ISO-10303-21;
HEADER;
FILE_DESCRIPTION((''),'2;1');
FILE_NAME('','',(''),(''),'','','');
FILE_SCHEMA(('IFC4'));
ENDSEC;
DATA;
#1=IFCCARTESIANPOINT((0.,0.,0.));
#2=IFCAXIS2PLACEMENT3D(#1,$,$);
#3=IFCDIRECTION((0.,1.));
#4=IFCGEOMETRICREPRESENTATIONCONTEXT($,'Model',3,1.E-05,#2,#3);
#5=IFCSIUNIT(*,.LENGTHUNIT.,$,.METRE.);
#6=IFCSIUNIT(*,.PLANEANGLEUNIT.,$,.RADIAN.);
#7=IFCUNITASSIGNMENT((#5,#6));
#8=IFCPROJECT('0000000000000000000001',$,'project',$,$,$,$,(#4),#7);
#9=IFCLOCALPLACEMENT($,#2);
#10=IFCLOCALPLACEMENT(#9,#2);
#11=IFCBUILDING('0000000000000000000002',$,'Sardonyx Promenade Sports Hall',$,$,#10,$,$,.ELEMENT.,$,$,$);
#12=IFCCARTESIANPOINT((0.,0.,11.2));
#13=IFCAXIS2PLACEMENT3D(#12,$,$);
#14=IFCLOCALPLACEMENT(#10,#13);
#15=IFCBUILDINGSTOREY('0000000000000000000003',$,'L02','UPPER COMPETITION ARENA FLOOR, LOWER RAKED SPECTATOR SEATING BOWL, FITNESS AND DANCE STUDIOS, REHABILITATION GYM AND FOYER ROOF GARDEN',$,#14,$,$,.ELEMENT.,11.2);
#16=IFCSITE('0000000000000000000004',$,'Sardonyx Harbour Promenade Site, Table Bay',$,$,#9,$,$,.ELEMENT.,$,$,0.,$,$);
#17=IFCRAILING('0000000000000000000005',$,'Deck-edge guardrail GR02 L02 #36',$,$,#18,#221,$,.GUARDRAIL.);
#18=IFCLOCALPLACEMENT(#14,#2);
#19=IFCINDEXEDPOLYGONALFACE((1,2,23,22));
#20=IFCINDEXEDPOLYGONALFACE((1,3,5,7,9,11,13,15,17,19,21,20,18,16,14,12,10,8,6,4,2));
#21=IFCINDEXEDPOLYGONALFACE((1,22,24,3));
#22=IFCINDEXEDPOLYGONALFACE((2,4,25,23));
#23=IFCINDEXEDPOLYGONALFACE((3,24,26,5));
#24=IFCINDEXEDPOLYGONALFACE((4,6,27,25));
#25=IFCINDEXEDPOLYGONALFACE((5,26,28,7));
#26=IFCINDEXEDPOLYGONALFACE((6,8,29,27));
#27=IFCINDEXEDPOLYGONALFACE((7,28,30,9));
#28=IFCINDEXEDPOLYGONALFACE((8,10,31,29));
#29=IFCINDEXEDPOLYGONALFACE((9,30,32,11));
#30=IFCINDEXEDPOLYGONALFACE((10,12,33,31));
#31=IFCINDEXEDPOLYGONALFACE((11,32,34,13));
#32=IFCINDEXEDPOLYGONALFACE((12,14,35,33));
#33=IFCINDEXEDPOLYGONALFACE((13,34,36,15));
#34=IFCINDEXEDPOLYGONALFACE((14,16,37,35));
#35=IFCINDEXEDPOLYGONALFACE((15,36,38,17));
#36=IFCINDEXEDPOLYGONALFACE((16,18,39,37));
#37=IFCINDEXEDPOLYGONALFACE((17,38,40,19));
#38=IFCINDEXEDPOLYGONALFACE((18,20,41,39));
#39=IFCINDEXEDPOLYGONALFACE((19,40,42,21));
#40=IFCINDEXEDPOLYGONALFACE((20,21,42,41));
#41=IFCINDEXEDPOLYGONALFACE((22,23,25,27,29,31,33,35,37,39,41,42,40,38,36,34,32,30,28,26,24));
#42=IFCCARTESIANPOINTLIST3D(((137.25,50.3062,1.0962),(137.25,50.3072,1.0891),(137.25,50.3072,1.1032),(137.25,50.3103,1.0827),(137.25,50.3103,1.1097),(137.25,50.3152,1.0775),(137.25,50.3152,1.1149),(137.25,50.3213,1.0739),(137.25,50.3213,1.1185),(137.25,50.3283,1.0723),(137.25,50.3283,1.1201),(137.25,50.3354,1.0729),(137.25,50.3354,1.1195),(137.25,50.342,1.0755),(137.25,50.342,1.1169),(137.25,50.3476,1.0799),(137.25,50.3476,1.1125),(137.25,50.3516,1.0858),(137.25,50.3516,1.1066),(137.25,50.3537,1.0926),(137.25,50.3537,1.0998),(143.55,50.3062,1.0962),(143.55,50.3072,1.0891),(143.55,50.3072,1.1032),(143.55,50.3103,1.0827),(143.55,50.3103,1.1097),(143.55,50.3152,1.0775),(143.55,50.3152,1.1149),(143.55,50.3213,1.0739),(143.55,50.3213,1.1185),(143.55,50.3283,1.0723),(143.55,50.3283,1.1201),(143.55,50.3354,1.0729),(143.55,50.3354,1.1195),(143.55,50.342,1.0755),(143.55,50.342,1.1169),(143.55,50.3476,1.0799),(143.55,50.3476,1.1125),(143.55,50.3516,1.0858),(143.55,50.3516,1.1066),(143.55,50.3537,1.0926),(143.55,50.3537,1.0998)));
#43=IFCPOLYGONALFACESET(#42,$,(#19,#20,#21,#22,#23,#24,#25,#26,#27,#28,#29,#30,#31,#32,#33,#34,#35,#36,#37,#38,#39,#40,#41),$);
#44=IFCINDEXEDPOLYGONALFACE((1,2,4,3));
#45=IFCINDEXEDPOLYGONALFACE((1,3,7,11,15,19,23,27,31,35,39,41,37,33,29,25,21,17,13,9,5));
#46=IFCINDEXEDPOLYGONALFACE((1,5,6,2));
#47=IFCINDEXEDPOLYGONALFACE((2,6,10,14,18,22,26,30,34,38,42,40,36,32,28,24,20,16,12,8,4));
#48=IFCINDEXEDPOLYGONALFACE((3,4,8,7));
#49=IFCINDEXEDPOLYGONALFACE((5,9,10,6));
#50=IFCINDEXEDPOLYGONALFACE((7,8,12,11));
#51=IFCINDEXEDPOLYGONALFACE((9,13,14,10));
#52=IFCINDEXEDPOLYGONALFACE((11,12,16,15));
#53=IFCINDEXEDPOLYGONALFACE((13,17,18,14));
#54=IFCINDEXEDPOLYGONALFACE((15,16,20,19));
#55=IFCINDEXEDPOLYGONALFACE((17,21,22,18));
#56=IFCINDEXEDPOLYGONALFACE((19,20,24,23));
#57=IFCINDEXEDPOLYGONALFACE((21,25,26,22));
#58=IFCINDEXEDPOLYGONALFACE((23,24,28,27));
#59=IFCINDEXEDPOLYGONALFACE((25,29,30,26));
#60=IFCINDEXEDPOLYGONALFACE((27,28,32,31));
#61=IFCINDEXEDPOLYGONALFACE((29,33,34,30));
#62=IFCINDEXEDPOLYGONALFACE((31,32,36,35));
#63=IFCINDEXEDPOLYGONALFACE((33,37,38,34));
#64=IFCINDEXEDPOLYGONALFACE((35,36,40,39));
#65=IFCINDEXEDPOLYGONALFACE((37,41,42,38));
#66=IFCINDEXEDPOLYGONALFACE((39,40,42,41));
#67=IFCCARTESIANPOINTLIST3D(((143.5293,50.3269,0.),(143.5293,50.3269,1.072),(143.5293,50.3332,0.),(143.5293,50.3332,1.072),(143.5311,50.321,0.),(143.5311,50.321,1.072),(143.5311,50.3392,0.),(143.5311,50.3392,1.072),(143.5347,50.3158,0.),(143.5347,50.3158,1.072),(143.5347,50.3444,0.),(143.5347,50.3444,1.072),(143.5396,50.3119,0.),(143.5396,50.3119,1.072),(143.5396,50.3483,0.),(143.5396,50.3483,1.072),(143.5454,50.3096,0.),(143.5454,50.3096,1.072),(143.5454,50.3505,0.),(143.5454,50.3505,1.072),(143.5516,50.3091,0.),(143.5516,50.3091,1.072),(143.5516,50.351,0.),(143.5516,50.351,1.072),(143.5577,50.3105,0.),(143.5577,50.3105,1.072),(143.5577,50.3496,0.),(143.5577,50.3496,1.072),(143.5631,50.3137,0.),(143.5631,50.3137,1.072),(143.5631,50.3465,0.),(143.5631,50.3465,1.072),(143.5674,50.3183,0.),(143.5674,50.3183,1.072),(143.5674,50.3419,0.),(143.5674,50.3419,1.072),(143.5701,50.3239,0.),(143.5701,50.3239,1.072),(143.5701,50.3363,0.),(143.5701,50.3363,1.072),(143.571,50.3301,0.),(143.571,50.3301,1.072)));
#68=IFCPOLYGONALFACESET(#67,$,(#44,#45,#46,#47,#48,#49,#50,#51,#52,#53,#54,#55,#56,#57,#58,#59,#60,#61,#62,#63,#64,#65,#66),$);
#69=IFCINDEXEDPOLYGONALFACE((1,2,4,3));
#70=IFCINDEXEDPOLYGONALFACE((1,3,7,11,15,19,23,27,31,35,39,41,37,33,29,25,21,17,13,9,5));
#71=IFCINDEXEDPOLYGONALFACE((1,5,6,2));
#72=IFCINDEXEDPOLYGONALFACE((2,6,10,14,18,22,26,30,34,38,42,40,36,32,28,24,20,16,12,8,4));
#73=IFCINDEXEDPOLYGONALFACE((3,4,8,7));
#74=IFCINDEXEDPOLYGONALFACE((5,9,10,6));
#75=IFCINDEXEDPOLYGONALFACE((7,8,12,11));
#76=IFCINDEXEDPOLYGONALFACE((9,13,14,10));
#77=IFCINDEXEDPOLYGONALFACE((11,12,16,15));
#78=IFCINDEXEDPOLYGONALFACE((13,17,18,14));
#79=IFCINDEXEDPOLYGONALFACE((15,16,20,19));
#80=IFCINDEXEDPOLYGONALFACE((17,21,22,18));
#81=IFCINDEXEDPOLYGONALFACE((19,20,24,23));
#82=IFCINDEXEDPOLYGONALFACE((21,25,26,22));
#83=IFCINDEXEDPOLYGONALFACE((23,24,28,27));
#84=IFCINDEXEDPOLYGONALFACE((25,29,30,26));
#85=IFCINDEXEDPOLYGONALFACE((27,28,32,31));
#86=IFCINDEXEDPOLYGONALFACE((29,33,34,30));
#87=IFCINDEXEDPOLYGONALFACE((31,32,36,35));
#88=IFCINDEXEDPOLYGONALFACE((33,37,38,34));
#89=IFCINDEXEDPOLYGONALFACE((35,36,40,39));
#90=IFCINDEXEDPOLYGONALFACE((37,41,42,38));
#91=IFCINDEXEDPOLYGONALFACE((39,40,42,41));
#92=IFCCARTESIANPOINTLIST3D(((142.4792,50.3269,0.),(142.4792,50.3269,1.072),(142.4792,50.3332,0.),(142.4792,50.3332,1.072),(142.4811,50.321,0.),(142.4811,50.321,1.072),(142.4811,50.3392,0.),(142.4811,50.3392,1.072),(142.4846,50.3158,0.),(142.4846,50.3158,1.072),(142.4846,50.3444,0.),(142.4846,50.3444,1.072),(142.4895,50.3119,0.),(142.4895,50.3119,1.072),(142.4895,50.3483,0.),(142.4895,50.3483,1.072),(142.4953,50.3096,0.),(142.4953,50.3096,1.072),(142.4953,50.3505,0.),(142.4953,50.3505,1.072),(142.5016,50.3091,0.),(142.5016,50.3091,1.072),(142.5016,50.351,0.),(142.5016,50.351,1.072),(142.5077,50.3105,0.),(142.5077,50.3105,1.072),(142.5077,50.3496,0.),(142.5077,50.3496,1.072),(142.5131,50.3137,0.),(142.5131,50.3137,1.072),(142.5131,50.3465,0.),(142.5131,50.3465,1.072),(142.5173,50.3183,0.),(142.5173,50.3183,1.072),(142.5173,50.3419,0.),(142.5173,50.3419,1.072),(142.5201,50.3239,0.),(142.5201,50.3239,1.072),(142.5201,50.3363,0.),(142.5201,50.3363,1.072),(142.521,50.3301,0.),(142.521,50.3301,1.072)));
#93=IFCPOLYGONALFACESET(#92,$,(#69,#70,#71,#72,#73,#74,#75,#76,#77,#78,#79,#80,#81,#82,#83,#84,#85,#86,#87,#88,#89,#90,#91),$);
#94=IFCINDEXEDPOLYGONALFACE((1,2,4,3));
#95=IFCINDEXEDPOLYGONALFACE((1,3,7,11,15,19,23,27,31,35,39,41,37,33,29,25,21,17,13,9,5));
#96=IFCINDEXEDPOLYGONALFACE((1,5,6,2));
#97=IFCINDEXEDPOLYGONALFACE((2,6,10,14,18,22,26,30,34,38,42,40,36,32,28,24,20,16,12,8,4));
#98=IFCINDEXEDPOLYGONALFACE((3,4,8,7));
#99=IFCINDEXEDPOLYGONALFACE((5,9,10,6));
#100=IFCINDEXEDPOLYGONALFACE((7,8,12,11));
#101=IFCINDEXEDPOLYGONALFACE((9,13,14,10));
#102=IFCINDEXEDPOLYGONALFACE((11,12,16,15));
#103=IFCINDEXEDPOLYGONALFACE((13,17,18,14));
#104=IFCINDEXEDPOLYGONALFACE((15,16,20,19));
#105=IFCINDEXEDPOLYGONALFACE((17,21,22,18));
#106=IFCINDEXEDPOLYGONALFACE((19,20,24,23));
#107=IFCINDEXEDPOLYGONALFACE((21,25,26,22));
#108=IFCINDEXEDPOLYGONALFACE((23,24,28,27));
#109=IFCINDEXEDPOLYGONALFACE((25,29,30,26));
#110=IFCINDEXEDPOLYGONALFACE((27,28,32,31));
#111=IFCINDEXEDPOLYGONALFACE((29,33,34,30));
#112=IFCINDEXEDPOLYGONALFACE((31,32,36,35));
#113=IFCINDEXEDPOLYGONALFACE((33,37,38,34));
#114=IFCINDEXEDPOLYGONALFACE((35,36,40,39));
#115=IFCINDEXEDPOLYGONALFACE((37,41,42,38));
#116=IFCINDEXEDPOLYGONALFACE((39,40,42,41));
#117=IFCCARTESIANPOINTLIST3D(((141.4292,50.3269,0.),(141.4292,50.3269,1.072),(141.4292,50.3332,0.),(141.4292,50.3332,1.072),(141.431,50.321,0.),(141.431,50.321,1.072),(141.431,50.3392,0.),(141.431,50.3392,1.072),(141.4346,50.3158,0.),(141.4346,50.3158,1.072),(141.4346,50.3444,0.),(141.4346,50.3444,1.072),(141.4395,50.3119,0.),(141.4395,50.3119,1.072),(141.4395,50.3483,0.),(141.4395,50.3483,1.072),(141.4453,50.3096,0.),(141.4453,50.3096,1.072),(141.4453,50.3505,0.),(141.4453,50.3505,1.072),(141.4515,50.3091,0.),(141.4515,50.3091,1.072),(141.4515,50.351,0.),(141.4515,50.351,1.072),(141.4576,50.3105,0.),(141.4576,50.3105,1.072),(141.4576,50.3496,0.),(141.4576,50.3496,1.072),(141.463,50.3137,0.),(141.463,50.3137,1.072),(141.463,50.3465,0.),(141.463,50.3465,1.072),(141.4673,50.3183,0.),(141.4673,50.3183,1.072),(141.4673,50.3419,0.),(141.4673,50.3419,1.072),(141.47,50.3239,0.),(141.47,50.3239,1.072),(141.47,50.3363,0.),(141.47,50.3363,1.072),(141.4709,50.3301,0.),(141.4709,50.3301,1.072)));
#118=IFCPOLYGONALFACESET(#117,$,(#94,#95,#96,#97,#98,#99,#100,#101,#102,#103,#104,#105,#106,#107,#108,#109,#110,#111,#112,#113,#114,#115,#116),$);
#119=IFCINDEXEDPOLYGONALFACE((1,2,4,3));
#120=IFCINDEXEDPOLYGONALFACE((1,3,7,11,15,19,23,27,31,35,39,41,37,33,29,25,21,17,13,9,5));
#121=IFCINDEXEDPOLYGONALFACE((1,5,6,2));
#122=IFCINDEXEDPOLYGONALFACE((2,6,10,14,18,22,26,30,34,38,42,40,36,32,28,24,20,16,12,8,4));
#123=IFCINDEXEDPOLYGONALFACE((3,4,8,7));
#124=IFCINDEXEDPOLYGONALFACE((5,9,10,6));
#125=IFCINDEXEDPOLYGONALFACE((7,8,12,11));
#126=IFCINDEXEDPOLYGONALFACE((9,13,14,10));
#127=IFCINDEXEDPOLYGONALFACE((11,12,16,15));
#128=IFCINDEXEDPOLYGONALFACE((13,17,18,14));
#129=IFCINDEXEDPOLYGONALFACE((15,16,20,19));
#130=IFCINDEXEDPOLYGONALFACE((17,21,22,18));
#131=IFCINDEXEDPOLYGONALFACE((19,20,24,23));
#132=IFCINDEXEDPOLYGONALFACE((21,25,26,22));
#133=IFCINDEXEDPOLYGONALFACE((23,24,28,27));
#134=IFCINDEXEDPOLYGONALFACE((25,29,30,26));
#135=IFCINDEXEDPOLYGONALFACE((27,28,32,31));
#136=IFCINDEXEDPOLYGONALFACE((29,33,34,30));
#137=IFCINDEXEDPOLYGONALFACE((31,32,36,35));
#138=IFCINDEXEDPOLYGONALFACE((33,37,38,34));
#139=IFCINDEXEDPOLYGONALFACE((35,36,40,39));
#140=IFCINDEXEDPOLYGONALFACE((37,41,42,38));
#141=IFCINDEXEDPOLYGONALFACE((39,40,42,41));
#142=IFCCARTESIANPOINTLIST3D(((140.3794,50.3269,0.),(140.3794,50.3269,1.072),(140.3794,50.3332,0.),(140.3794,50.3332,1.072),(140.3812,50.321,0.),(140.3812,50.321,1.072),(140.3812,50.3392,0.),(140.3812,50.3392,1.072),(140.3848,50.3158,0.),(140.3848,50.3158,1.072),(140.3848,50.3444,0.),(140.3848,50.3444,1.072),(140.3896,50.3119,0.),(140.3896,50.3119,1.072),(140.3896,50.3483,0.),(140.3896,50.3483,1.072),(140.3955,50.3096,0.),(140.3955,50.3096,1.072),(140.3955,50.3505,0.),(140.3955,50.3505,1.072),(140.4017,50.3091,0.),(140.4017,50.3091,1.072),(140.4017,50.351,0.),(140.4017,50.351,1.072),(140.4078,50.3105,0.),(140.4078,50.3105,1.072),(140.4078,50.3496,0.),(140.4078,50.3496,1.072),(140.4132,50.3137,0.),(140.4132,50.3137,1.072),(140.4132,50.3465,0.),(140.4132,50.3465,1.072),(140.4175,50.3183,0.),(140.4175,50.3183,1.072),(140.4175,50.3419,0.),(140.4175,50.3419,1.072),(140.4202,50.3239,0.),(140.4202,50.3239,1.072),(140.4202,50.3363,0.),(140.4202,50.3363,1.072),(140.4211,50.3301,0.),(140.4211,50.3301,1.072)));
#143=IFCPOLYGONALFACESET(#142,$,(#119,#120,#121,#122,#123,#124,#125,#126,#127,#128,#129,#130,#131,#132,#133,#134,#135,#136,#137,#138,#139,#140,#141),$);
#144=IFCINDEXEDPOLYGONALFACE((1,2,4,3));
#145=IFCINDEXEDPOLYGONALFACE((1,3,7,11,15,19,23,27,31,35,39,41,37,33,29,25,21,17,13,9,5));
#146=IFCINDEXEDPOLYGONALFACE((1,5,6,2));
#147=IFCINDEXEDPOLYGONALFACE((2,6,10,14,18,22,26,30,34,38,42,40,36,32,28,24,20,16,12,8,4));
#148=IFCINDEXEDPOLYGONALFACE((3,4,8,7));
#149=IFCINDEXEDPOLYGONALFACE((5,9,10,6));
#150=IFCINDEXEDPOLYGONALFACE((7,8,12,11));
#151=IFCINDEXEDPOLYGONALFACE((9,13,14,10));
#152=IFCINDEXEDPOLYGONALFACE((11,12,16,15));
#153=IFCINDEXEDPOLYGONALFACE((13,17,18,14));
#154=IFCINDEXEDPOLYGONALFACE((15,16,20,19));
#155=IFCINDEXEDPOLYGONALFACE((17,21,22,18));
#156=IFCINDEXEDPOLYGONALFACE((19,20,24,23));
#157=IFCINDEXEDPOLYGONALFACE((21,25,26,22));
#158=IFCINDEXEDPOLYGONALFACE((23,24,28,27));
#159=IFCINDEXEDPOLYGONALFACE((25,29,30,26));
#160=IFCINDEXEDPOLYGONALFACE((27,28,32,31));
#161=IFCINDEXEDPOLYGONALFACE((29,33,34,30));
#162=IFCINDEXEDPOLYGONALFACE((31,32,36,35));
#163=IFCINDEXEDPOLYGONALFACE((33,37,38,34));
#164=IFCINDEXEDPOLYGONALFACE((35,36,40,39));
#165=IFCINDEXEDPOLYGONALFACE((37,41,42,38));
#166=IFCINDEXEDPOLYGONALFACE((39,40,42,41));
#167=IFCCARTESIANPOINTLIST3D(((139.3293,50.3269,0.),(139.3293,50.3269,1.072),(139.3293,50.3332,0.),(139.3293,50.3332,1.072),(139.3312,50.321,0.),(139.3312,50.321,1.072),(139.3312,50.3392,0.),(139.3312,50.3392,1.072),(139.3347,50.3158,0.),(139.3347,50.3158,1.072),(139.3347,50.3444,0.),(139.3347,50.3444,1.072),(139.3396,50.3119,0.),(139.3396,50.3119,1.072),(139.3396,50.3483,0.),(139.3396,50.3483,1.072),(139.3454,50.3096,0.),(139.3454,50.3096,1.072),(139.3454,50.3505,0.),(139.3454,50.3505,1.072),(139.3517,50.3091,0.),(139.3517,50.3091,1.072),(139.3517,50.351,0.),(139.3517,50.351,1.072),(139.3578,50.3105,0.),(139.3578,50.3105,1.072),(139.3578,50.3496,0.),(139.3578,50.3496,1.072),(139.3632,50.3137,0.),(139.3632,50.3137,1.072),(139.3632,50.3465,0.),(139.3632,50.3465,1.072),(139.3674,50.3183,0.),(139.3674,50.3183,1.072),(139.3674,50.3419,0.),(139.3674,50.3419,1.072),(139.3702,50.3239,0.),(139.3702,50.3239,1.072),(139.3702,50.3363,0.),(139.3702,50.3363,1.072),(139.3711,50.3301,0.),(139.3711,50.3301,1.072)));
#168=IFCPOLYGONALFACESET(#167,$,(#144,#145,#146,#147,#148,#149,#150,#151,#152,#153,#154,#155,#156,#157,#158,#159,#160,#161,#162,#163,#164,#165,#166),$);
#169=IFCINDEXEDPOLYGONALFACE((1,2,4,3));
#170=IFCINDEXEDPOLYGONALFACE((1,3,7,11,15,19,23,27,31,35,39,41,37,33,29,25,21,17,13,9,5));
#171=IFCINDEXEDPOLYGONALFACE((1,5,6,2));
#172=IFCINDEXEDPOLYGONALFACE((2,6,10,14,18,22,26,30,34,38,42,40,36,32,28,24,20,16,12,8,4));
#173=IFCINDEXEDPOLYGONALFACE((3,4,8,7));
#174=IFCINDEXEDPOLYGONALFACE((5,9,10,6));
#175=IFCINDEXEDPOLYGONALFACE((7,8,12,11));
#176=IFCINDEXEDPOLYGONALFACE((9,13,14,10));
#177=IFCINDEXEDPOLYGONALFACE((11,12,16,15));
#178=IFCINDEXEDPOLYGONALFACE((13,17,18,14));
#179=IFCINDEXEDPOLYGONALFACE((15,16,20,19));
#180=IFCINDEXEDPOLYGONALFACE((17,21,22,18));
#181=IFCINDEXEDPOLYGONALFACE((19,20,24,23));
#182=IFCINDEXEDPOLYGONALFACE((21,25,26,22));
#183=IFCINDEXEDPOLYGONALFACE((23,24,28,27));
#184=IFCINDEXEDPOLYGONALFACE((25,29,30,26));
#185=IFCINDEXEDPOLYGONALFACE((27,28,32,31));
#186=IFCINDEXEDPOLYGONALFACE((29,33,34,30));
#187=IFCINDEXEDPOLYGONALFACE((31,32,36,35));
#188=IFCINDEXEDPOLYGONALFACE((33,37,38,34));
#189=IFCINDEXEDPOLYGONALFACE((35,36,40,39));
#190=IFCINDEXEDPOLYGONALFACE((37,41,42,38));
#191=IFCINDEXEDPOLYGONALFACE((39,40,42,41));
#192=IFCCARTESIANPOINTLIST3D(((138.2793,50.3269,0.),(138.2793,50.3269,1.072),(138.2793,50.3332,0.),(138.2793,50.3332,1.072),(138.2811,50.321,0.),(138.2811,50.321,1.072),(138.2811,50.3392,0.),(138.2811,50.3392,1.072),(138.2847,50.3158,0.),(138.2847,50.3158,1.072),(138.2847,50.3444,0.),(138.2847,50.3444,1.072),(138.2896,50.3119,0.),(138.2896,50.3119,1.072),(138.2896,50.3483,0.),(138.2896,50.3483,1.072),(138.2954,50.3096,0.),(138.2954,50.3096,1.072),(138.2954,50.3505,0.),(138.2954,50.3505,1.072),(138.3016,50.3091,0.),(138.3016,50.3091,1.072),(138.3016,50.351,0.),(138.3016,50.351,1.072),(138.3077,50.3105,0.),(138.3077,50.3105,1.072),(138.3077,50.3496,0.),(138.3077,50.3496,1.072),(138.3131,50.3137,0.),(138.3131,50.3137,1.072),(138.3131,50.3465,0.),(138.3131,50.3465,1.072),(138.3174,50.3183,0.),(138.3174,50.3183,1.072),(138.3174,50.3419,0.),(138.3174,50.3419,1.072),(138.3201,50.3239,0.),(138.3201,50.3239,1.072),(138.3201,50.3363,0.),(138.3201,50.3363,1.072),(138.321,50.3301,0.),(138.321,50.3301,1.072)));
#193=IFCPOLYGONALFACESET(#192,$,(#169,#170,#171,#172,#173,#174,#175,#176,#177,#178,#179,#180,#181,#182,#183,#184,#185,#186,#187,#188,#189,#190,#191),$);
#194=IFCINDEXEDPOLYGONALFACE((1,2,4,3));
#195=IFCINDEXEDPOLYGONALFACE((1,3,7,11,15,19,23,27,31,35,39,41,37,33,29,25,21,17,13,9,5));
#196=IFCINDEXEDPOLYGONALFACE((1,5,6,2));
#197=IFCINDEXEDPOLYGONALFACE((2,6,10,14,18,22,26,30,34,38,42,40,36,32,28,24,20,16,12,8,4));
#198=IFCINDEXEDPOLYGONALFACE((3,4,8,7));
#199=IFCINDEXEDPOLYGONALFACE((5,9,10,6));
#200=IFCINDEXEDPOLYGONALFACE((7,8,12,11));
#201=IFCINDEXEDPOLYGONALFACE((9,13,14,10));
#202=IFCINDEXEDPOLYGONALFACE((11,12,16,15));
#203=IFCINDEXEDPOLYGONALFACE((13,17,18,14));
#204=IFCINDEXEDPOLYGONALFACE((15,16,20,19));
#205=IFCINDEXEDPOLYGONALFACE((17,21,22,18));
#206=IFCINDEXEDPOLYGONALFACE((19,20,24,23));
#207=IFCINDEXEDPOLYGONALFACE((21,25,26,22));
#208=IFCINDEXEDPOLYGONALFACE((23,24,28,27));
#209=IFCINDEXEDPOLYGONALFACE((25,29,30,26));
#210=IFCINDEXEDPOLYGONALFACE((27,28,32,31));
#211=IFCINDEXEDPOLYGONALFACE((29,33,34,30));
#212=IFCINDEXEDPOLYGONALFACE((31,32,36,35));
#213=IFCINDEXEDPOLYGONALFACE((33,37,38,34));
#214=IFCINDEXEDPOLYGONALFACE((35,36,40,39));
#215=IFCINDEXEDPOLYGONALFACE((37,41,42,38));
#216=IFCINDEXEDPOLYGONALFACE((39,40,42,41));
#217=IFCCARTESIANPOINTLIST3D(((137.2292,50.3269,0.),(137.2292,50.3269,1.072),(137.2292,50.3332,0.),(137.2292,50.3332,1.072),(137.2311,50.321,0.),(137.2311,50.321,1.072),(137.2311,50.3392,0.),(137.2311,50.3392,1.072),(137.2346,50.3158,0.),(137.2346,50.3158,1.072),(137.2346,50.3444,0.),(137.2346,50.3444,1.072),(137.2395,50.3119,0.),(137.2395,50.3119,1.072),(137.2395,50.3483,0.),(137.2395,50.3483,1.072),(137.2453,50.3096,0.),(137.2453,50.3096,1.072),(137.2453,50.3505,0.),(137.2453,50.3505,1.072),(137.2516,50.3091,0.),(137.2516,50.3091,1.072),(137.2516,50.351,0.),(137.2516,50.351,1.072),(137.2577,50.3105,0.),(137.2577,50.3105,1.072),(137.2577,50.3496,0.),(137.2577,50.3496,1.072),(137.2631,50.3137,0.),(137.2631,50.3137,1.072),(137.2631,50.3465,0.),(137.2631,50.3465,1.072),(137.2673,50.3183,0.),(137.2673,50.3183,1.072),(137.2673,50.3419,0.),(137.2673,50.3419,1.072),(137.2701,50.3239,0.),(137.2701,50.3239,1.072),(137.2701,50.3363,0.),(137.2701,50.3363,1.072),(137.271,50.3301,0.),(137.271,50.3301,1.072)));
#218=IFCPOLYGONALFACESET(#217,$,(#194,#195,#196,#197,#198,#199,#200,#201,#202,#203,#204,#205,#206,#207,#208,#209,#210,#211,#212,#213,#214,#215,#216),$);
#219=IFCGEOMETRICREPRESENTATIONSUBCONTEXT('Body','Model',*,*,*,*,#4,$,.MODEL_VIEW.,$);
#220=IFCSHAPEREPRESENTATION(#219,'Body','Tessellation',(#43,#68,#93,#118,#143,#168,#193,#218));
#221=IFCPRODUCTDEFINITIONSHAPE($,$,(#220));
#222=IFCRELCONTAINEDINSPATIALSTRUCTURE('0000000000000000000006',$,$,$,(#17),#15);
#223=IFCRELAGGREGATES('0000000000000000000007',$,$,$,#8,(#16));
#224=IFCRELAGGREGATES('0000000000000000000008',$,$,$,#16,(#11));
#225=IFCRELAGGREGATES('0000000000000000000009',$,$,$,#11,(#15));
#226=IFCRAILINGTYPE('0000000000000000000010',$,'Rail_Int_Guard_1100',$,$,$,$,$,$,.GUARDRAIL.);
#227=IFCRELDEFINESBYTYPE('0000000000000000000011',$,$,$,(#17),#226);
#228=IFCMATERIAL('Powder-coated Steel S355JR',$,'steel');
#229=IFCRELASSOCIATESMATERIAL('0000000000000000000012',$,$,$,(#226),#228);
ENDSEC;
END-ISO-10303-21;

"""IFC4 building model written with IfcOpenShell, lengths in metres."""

from ifc_helpers import new_model, si_unit, direction, frame, origin, origin_2d, place, context, subcontext, project, spatial, circle, extrude, material, type_object, element, save


model = new_model("IFC4")

# Units and contexts
model_context = context("Model", 3, precision=1e-05, world=origin(), true_north=direction((0.0, 1.0)))
body_context = subcontext(model_context, "Body", "Model", "MODEL_VIEW")
ifc_project = project(units=[si_unit("LENGTHUNIT", "METRE"), si_unit("PLANEANGLEUNIT", "RADIAN")], contexts=[model_context])

# Site, building, storey
site_placement = place(None, origin())
site = spatial("IfcSite", under=ifc_project, at=site_placement, Name="Sardonyx Harbour Promenade Site, Table Bay", CompositionType="ELEMENT", RefElevation=0.0)
building_placement = place(site_placement, origin())
building = spatial("IfcBuilding", under=site, at=building_placement, Name="Sardonyx Promenade Sports Hall", CompositionType="ELEMENT")
storey_placement = place(building_placement, frame((0.0, 0.0, 11.2)))
storey = spatial("IfcBuildingStorey", under=building, at=storey_placement, Name="L02", Description="UPPER COMPETITION ARENA FLOOR, LOWER RAKED SPECTATOR SEATING BOWL, FITNESS AND DANCE STUDIOS, REHABILITATION GYM AND FOYER ROOF GARDEN", CompositionType="ELEMENT", Elevation=11.2)

# Railing
ifc_material_1 = material(Name="Powder-coated Steel S355JR", Category="steel")
railing_type = type_object("IfcRailingType", Name="Rail_Int_Guard_1100", PredefinedType="GUARDRAIL", material=ifc_material_1)
for number, where, name in (
    (1, (143.55, 50.3301, 0.0), "Deck-edge guardrail GR02 L02 #36"),
):
    element("IfcRailing", number, at=place(storey_placement, frame(where)), inside=storey, type_object=railing_type, Name=name, PredefinedType="GUARDRAIL", context=body_context, shape_type="SweptSolid", body=[
        extrude(circle(Radius=0.0239, at=origin_2d()), frame((0.0, 0.0, 1.0962), z_axis=(-1.0, 0.0, 0.0), x_axis=(0.0, -1.0, 0.0)), (0.0, 0.0, 1.0), 6.3),
        extrude(circle(Radius=0.021, at=origin_2d()), origin(), (0.0, 0.0, 1.0), 1.072),
        extrude(circle(Radius=0.021, at=origin_2d()), frame((-1.05, 0.0, 0.0)), (0.0, 0.0, 1.0), 1.072),
        extrude(circle(Radius=0.021, at=origin_2d()), frame((-2.1001, 0.0, 0.0)), (0.0, 0.0, 1.0), 1.072),
        extrude(circle(Radius=0.021, at=origin_2d()), frame((-3.1499, 0.0, 0.0)), (0.0, 0.0, 1.0), 1.072),
        extrude(circle(Radius=0.021, at=origin_2d()), frame((-4.2, 0.0, 0.0)), (0.0, 0.0, 1.0), 1.072),
        extrude(circle(Radius=0.021, at=origin_2d()), frame((-5.25, 0.0, 0.0)), (0.0, 0.0, 1.0), 1.072),
        extrude(circle(Radius=0.021, at=origin_2d()), frame((-6.3, 0.0, 0.0)), (0.0, 0.0, 1.0), 1.072),
    ])

save(model, "model.ifc")
